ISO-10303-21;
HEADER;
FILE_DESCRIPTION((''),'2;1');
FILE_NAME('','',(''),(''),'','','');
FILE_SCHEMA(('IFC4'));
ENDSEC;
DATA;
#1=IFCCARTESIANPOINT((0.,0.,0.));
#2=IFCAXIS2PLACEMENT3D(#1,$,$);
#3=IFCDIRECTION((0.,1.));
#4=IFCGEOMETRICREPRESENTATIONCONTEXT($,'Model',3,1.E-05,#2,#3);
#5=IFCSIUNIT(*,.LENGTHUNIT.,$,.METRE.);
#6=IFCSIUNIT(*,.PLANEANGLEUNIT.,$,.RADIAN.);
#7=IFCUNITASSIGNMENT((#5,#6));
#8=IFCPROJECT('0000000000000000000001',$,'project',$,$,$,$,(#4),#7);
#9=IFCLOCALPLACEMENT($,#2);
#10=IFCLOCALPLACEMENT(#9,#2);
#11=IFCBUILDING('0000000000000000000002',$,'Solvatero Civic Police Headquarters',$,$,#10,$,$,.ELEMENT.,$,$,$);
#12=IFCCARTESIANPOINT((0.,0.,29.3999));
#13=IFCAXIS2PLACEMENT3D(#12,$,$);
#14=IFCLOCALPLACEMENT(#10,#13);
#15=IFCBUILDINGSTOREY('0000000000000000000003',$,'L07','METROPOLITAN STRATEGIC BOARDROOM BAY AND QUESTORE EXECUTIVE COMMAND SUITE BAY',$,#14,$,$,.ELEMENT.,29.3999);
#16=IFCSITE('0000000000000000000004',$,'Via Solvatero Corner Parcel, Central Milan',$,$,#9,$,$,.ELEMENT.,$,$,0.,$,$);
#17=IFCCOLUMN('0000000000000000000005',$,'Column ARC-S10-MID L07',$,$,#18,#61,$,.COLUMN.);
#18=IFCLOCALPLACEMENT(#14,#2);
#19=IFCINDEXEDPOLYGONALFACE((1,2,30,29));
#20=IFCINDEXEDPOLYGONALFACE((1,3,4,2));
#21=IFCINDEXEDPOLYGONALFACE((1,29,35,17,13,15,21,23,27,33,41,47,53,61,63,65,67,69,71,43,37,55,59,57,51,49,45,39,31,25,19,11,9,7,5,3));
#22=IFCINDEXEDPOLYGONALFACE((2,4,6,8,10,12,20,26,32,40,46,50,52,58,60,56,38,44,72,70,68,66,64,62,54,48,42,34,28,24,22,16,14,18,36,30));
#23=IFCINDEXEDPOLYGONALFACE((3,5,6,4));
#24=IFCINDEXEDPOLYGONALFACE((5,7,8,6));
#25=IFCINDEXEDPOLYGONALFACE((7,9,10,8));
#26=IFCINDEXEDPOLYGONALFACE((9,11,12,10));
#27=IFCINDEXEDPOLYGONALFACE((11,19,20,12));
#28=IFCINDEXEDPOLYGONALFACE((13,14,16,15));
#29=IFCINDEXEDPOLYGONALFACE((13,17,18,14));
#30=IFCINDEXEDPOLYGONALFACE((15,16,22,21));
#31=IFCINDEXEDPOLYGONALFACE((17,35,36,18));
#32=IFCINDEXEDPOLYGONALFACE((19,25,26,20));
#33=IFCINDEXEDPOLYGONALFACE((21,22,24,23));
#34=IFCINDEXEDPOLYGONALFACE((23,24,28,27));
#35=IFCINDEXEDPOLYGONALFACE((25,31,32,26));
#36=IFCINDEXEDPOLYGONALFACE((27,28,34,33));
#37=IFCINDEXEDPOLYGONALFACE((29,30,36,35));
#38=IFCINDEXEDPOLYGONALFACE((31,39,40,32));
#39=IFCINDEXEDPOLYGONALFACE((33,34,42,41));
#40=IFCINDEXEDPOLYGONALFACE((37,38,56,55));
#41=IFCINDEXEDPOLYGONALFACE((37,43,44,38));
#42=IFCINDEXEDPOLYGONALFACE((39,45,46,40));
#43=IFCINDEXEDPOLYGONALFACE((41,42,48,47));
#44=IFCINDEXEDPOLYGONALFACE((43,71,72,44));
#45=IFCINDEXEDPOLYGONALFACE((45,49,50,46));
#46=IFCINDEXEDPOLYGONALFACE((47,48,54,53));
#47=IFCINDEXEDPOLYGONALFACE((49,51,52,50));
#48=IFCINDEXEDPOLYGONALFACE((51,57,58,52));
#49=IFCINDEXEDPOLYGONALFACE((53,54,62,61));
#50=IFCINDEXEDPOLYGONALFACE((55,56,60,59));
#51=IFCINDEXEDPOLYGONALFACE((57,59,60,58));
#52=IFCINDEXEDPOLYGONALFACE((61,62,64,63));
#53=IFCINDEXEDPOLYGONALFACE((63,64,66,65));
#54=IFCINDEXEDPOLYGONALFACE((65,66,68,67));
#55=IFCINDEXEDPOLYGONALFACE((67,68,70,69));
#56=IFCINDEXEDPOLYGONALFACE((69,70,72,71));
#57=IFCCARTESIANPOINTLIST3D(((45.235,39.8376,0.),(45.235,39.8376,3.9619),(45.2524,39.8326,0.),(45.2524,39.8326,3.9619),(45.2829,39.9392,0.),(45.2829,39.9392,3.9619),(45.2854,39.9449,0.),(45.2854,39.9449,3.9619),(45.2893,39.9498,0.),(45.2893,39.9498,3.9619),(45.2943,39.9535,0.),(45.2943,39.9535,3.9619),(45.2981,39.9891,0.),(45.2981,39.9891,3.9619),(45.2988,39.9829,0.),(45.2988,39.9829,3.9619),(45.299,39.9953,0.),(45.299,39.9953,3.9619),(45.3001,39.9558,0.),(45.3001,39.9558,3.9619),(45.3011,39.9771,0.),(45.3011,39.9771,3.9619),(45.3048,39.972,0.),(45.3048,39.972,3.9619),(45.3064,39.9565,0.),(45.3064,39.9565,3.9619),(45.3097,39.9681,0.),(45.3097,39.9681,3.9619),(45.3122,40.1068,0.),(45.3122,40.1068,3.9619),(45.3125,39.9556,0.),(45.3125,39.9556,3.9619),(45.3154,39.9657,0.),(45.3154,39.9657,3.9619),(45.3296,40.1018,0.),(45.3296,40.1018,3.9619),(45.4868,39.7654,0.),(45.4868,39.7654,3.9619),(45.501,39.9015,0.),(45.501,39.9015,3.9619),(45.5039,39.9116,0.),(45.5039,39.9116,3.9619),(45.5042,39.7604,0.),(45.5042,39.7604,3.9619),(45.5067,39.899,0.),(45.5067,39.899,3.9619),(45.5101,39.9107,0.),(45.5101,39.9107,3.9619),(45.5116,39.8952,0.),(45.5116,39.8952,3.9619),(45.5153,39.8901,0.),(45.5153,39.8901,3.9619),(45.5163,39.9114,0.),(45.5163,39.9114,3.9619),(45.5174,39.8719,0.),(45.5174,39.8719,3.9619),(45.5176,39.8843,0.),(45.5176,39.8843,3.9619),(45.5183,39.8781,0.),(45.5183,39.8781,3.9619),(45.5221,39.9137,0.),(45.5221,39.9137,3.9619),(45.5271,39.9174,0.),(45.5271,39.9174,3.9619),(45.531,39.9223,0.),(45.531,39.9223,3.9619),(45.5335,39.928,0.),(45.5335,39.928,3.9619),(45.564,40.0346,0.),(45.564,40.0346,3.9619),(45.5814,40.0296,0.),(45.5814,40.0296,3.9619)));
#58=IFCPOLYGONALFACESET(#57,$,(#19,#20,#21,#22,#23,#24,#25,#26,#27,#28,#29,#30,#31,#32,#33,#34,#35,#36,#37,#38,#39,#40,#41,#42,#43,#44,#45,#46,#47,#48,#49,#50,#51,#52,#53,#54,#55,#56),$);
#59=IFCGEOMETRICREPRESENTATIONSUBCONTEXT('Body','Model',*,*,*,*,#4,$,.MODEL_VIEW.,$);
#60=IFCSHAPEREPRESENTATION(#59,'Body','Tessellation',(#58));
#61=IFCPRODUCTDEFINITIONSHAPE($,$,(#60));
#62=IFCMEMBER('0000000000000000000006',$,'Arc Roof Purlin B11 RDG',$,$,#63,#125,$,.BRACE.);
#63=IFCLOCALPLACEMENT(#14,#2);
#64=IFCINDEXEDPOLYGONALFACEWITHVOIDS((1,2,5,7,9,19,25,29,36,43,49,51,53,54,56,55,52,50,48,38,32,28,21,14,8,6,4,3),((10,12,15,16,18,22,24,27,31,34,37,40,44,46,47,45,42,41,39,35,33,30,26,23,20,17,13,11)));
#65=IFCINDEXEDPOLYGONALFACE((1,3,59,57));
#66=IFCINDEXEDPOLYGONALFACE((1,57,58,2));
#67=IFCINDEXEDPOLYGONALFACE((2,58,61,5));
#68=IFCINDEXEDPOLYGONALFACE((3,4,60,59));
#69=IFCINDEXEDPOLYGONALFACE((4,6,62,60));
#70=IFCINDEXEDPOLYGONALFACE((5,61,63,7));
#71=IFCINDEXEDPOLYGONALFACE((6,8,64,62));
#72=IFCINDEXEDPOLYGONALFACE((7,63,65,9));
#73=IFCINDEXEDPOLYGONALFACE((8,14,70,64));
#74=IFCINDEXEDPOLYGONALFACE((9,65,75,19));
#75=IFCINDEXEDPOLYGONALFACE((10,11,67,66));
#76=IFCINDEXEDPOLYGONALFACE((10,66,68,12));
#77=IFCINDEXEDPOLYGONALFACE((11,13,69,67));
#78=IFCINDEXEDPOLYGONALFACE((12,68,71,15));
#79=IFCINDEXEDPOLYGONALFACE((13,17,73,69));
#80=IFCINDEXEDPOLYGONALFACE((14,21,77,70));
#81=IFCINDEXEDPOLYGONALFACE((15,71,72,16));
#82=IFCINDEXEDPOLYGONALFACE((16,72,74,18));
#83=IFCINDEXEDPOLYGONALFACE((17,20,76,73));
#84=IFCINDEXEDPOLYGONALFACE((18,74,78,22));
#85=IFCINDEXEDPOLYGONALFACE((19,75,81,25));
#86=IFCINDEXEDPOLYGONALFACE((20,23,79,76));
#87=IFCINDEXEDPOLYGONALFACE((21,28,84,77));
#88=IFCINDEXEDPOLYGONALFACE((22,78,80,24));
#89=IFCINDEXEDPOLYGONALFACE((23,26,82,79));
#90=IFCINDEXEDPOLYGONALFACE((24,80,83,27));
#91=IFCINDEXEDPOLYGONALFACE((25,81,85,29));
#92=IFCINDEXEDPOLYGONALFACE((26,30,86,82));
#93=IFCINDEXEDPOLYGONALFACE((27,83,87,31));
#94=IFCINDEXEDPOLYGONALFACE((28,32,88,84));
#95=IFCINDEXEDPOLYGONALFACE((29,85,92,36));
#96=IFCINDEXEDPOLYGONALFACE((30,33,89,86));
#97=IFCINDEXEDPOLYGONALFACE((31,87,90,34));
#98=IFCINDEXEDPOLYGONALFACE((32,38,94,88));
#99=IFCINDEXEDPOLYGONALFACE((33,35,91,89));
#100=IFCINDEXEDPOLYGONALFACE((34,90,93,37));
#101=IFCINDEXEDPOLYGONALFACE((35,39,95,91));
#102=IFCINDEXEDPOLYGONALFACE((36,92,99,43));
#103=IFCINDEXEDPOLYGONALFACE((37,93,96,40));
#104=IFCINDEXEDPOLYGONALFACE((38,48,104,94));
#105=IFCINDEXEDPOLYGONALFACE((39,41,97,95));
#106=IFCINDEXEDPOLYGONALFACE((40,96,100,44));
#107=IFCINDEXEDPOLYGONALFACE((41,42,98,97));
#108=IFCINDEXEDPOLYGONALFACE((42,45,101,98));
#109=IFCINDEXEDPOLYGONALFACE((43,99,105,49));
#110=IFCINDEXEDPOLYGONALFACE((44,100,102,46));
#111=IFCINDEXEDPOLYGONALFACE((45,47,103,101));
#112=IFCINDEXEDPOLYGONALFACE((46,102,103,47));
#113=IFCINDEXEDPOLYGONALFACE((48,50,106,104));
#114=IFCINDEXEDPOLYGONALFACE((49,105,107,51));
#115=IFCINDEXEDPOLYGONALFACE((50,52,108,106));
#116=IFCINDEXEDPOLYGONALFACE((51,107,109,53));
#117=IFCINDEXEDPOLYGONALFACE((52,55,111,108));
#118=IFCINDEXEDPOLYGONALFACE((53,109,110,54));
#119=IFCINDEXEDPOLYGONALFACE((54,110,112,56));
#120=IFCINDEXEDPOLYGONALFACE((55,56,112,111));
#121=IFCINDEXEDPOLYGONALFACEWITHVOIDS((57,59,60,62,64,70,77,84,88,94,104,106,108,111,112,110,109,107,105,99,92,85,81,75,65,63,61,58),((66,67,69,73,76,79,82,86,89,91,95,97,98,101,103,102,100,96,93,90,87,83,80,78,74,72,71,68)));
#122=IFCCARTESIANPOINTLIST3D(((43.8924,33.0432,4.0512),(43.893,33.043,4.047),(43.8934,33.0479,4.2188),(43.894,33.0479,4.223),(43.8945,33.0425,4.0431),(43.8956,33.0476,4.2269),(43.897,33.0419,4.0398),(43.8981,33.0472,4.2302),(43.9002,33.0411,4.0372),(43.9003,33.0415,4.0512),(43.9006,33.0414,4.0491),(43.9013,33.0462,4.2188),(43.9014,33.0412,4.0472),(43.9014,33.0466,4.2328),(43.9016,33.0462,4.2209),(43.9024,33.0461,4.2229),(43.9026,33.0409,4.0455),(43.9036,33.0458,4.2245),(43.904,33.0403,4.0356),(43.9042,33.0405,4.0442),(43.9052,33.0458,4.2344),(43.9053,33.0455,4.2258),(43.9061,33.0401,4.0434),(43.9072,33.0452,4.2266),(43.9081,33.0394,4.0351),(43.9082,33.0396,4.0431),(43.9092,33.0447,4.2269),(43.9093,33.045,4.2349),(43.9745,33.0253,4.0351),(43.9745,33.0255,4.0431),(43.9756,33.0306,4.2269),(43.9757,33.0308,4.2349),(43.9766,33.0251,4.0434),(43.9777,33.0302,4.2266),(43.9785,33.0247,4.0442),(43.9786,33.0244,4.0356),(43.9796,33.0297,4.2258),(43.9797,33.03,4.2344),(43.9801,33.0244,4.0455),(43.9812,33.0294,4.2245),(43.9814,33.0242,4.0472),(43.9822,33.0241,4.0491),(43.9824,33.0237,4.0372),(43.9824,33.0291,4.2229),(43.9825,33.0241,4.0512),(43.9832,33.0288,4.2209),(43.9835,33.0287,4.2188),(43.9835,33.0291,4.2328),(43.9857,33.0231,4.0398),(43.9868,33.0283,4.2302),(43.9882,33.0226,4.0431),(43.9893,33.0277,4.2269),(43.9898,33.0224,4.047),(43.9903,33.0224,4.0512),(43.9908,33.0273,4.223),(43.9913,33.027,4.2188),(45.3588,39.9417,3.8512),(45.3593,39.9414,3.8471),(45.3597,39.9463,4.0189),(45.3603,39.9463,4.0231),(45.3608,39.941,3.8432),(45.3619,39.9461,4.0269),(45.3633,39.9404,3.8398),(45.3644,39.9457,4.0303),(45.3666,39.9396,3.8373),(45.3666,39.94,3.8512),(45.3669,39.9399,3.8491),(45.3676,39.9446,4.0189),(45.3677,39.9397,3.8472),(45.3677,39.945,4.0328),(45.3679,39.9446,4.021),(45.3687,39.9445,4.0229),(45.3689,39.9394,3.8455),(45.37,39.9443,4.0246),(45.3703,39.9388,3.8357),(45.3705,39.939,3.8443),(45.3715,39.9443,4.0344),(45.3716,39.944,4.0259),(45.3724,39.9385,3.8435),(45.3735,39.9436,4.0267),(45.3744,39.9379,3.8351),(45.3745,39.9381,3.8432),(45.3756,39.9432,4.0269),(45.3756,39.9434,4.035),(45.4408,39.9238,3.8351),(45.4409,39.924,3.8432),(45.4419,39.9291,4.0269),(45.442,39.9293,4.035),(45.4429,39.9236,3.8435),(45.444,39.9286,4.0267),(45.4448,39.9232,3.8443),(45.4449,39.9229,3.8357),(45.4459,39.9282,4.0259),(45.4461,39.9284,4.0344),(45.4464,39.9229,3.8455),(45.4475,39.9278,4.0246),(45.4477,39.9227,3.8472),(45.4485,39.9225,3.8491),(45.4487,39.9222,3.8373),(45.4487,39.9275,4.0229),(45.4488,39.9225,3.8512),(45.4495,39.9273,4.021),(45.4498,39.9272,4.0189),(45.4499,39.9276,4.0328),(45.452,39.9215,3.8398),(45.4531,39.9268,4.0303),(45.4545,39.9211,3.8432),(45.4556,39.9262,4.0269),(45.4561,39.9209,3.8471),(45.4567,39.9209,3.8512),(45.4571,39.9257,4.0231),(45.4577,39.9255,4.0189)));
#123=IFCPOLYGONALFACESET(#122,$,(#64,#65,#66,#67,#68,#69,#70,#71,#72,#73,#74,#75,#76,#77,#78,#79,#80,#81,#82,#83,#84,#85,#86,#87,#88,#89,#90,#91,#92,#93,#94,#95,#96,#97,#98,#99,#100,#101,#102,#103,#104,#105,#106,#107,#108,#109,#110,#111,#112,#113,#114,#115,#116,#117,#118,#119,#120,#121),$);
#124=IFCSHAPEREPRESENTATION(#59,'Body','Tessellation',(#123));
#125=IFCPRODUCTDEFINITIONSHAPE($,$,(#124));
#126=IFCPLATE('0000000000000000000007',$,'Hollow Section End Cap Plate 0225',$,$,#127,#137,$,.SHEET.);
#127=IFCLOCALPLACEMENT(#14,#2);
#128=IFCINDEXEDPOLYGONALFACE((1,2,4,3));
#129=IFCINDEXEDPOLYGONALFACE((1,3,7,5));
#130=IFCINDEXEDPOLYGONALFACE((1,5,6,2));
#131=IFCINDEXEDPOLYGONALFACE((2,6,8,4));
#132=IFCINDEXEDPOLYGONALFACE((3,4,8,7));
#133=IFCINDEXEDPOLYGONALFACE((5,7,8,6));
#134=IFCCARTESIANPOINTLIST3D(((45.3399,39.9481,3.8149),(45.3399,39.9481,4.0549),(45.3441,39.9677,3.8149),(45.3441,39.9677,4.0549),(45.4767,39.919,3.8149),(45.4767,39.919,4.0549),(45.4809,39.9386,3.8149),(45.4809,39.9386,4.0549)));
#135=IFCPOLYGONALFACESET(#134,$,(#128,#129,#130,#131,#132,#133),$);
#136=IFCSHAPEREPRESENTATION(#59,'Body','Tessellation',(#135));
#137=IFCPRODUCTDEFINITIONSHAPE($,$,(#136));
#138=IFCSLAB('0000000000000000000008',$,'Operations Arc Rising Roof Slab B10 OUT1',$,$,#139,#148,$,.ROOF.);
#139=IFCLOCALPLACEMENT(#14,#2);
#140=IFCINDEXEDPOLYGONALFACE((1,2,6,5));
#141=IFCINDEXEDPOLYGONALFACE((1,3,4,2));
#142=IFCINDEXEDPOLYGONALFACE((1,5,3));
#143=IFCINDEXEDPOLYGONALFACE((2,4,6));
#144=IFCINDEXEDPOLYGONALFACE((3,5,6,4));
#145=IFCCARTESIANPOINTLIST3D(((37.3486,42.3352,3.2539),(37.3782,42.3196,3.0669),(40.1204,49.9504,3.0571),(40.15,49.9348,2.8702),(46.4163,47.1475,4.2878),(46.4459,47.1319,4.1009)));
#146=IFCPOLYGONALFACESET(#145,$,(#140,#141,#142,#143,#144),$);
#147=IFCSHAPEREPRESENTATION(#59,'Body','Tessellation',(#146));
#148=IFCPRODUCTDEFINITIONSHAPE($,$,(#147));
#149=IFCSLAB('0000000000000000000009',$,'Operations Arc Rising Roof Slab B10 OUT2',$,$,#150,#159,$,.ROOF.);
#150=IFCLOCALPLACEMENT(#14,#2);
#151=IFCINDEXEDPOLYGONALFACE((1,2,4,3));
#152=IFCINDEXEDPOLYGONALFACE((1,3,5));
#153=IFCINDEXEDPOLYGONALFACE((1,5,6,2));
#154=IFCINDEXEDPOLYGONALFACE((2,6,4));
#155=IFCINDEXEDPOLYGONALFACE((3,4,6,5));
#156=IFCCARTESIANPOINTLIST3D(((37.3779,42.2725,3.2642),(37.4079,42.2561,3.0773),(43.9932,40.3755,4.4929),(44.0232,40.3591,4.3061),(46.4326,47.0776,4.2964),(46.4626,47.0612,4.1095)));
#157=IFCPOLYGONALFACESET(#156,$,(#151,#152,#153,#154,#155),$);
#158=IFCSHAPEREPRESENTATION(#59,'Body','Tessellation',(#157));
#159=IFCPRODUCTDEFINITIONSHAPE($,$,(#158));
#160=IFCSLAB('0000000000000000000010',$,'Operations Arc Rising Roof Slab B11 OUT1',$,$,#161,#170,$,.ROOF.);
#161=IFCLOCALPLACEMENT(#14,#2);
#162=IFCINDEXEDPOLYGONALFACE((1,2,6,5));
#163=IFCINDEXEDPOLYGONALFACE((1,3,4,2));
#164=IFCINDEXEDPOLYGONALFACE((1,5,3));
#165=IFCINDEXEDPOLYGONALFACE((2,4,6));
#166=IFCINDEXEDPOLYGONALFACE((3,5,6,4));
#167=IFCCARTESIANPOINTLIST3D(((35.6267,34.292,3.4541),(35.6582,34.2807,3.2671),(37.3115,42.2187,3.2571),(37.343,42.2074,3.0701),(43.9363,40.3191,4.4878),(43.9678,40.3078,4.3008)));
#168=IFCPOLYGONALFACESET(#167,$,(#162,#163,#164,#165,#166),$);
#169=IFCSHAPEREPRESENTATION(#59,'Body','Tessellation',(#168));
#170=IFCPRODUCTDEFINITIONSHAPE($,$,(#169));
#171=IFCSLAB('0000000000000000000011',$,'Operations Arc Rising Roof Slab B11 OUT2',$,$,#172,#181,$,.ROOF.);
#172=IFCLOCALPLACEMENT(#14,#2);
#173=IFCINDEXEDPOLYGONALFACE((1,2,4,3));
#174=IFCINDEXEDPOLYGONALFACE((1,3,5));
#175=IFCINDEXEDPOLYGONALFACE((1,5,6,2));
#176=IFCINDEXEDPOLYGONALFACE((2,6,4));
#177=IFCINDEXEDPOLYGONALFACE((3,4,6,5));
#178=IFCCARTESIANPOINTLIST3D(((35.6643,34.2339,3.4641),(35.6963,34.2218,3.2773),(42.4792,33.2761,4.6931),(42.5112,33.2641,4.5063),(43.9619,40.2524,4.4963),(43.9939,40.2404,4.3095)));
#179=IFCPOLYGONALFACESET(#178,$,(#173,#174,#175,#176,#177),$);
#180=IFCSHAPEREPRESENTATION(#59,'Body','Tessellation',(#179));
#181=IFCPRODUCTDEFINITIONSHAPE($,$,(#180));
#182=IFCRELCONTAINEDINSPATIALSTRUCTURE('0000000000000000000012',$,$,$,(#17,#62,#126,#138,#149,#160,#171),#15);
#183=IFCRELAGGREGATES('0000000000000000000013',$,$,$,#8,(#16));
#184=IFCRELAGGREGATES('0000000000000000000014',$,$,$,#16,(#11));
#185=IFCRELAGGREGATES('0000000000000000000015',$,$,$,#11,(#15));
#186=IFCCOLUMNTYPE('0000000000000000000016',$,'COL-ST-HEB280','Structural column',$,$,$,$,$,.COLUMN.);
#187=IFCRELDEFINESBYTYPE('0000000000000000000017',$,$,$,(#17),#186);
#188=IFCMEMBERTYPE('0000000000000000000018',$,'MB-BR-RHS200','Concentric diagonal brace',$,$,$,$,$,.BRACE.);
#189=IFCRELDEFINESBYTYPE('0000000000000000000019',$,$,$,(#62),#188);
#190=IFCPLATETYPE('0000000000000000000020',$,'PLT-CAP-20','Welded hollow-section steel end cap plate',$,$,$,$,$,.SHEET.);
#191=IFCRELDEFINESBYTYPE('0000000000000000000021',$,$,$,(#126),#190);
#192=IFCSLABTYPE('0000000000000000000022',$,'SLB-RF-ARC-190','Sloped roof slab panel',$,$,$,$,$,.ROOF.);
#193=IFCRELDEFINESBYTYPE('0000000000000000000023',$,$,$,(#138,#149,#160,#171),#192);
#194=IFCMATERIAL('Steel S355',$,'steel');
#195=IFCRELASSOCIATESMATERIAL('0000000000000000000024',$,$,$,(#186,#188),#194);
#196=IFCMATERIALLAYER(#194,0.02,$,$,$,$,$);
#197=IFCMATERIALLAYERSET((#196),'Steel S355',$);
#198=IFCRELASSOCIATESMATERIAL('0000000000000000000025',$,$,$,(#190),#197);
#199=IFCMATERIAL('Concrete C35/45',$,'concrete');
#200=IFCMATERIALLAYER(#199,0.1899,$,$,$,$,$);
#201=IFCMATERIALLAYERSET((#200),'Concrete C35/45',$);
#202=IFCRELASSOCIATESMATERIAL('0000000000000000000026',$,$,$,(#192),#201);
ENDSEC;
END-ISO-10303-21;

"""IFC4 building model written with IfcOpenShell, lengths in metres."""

from ifc_helpers import new_model, si_unit, direction, frame, origin, origin_2d, place, context, subcontext, project, spatial, polyline, rectangle, hollow_rectangle, i_section, outline, extrude, material, layer, layer_set, material_profile, profile_set, type_object, element, save


model = new_model("IFC4")

# Units and contexts
model_context = context("Model", 3, precision=1e-05, world=origin(), true_north=direction((0.0, 1.0)))
body_context = subcontext(model_context, "Body", "Model", "MODEL_VIEW")
ifc_project = project(units=[si_unit("LENGTHUNIT", "METRE"), si_unit("PLANEANGLEUNIT", "RADIAN")], contexts=[model_context])

# Site, building, storey
site_placement = place(None, origin())
site = spatial("IfcSite", under=ifc_project, at=site_placement, Name="Via Solvatero Corner Parcel, Central Milan", CompositionType="ELEMENT", RefElevation=0.0)
building_placement = place(site_placement, origin())
building = spatial("IfcBuilding", under=site, at=building_placement, Name="Solvatero Civic Police Headquarters", CompositionType="ELEMENT")
storey_placement = place(building_placement, frame((0.0, 0.0, 29.3999)))
storey = spatial("IfcBuildingStorey", under=building, at=storey_placement, Name="L07", Description="METROPOLITAN STRATEGIC BOARDROOM BAY AND QUESTORE EXECUTIVE COMMAND SUITE BAY", CompositionType="ELEMENT", Elevation=29.3999)

# Column
ifc_material_1 = material(Name="Steel S355", Category="steel")
ifc_material_profile_1 = material_profile(ifc_material_1, i_section(OverallWidth=0.28, OverallDepth=0.28, WebThickness=0.0105, FlangeThickness=0.0181, FilletRadius=0.0239, at=origin_2d()), Name="HEB 280")
ifc_profile_set_1 = profile_set([ifc_material_profile_1], Name="Steel S355")
column_type = type_object("IfcColumnType", Name="COL-ST-HEB280", Description="Structural column", PredefinedType="COLUMN", material=ifc_profile_set_1)
column_placement = place(storey_placement, frame((45.4082, 39.9336, 0.0), z_axis=(0.0, 0.0, 1.0), x_axis=(0.275637, 0.961262, 0.0)))
element("IfcColumn", 1, at=column_placement, inside=storey, type_object=column_type, Name="Column ARC-S10-MID L07", PredefinedType="COLUMN", context=body_context, shape_type="SweptSolid", body=[
    extrude(i_section(OverallWidth=0.28, OverallDepth=0.28, WebThickness=0.0105, FlangeThickness=0.0181, FilletRadius=0.0239, at=origin_2d()), origin(), (0.0, 0.0, 1.0), 3.9619),
])

# Member
ifc_material_profile_2 = material_profile(ifc_material_1, hollow_rectangle(XDim=0.1001, YDim=0.2, WallThickness=0.0081, InnerFilletRadius=0.0081, OuterFilletRadius=0.0161, at=origin_2d()), Name="RHS 200x100x8.0")
ifc_profile_set_2 = profile_set([ifc_material_profile_2], Name="Steel S355")
member_type = type_object("IfcMemberType", Name="MB-BR-RHS200", Description="Concentric diagonal brace", PredefinedType="BRACE", material=ifc_profile_set_2)
member_placement = place(storey_placement, frame((45.4082, 39.9336, 3.9351), z_axis=(-0.207828, -0.977755, 0.02834), x_axis=(0.978148, -0.207912, 0.0)))
element("IfcMember", 2, at=member_placement, inside=storey, type_object=member_type, Name="Arc Roof Purlin B11 RDG", PredefinedType="BRACE", context=body_context, shape_type="SweptSolid", body=[
    extrude(hollow_rectangle(XDim=0.1001, YDim=0.2, WallThickness=0.0081, InnerFilletRadius=0.0081, OuterFilletRadius=0.0161, at=origin_2d()), origin(), (0.0, 0.0, 1.0), 7.0554),
])

# Plate
ifc_layer_1 = layer(ifc_material_1, 0.02)
ifc_layer_set_1 = layer_set([ifc_layer_1], Name="Steel S355")
plate_type = type_object("IfcPlateType", Name="PLT-CAP-20", Description="Welded hollow-section steel end cap plate", PredefinedType="SHEET", material=ifc_layer_set_1)
plate_placement = place(storey_placement, frame((45.4104, 39.9434, 3.8149), z_axis=(0.0, 0.0, 1.0), x_axis=(-0.207912, -0.978148, 0.0)))
element("IfcPlate", 3, at=plate_placement, inside=storey, type_object=plate_type, Name="Hollow Section End Cap Plate 0225", PredefinedType="SHEET", context=body_context, shape_type="SweptSolid", body=[
    extrude(rectangle(XDim=0.02, YDim=0.1399, at=origin_2d()), origin(), (0.0, 0.0, 1.0), 0.24),
])

# Slabs
ifc_material_2 = material(Name="Concrete C35/45", Category="concrete")
ifc_layer_2 = layer(ifc_material_2, 0.1899)
ifc_layer_set_2 = layer_set([ifc_layer_2], Name="Concrete C35/45")
slab_type = type_object("IfcSlabType", Name="SLB-RF-ARC-190", Description="Sloped roof slab panel", PredefinedType="ROOF", material=ifc_layer_set_2)
slab_1_placement = place(storey_placement, frame((46.4163, 47.1475, 4.2878), z_axis=(-0.155844, 0.082158, 0.984359), x_axis=(-0.878868, -0.466421, -0.100213)))
element("IfcSlab", 4, at=slab_1_placement, inside=storey, type_object=slab_type, Name="Operations Arc Rising Roof Slab B10 OUT1", PredefinedType="ROOF", context=body_context, shape_type="SweptSolid", body=[
    extrude(outline(polyline([(0.0, 0.0), (10.3174, 0.0), (4.3492, -5.4858), (0.0, 0.0)])), origin(), (0.0, 0.0, -1.0), 0.1899),
])
slab_2_placement = place(storey_placement, frame((46.4326, 47.0776, 4.2964), z_axis=(-0.157955, 0.086337, 0.983665), x_axis=(-0.341899, -0.939333, 0.027545)))
element("IfcSlab", 5, at=slab_2_placement, inside=storey, type_object=slab_type, Name="Operations Arc Rising Roof Slab B10 OUT2", PredefinedType="ROOF", context=body_context, shape_type="SweptSolid", body=[
    extrude(outline(polyline([(0.0, 0.0), (7.135, 0.0), (7.581, -6.9764), (0.0, 0.0)])), origin(), (0.0, 0.0, -1.0), 0.1899),
])
slab_3_placement = place(storey_placement, frame((43.9363, 40.3191, 4.4878), z_axis=(-0.165751, 0.059697, 0.984359), x_axis=(-0.805414, -0.584183, -0.100192)))
element("IfcSlab", 6, at=slab_3_placement, inside=storey, type_object=slab_type, Name="Operations Arc Rising Roof Slab B11 OUT1", PredefinedType="ROOF", context=body_context, shape_type="SweptSolid", body=[
    extrude(outline(polyline([(0.0, 0.0), (10.3171, 0.0), (4.3492, -5.4859), (0.0, 0.0)])), origin(), (0.0, 0.0, -1.0), 0.1899),
])
slab_4_placement = place(storey_placement, frame((43.9619, 40.2524, 4.4963), z_axis=(-0.168461, 0.063548, 0.983658), x_axis=(-0.207806, -0.977781, 0.02758)))
element("IfcSlab", 7, at=slab_4_placement, inside=storey, type_object=slab_type, Name="Operations Arc Rising Roof Slab B11 OUT2", PredefinedType="ROOF", context=body_context, shape_type="SweptSolid", body=[
    extrude(outline(polyline([(0.0, 0.0), (7.1348, 0.0), (7.5807, -6.9766), (0.0, 0.0)])), origin(), (0.0, 0.0, -1.0), 0.1899),
])

save(model, "model.ifc")
